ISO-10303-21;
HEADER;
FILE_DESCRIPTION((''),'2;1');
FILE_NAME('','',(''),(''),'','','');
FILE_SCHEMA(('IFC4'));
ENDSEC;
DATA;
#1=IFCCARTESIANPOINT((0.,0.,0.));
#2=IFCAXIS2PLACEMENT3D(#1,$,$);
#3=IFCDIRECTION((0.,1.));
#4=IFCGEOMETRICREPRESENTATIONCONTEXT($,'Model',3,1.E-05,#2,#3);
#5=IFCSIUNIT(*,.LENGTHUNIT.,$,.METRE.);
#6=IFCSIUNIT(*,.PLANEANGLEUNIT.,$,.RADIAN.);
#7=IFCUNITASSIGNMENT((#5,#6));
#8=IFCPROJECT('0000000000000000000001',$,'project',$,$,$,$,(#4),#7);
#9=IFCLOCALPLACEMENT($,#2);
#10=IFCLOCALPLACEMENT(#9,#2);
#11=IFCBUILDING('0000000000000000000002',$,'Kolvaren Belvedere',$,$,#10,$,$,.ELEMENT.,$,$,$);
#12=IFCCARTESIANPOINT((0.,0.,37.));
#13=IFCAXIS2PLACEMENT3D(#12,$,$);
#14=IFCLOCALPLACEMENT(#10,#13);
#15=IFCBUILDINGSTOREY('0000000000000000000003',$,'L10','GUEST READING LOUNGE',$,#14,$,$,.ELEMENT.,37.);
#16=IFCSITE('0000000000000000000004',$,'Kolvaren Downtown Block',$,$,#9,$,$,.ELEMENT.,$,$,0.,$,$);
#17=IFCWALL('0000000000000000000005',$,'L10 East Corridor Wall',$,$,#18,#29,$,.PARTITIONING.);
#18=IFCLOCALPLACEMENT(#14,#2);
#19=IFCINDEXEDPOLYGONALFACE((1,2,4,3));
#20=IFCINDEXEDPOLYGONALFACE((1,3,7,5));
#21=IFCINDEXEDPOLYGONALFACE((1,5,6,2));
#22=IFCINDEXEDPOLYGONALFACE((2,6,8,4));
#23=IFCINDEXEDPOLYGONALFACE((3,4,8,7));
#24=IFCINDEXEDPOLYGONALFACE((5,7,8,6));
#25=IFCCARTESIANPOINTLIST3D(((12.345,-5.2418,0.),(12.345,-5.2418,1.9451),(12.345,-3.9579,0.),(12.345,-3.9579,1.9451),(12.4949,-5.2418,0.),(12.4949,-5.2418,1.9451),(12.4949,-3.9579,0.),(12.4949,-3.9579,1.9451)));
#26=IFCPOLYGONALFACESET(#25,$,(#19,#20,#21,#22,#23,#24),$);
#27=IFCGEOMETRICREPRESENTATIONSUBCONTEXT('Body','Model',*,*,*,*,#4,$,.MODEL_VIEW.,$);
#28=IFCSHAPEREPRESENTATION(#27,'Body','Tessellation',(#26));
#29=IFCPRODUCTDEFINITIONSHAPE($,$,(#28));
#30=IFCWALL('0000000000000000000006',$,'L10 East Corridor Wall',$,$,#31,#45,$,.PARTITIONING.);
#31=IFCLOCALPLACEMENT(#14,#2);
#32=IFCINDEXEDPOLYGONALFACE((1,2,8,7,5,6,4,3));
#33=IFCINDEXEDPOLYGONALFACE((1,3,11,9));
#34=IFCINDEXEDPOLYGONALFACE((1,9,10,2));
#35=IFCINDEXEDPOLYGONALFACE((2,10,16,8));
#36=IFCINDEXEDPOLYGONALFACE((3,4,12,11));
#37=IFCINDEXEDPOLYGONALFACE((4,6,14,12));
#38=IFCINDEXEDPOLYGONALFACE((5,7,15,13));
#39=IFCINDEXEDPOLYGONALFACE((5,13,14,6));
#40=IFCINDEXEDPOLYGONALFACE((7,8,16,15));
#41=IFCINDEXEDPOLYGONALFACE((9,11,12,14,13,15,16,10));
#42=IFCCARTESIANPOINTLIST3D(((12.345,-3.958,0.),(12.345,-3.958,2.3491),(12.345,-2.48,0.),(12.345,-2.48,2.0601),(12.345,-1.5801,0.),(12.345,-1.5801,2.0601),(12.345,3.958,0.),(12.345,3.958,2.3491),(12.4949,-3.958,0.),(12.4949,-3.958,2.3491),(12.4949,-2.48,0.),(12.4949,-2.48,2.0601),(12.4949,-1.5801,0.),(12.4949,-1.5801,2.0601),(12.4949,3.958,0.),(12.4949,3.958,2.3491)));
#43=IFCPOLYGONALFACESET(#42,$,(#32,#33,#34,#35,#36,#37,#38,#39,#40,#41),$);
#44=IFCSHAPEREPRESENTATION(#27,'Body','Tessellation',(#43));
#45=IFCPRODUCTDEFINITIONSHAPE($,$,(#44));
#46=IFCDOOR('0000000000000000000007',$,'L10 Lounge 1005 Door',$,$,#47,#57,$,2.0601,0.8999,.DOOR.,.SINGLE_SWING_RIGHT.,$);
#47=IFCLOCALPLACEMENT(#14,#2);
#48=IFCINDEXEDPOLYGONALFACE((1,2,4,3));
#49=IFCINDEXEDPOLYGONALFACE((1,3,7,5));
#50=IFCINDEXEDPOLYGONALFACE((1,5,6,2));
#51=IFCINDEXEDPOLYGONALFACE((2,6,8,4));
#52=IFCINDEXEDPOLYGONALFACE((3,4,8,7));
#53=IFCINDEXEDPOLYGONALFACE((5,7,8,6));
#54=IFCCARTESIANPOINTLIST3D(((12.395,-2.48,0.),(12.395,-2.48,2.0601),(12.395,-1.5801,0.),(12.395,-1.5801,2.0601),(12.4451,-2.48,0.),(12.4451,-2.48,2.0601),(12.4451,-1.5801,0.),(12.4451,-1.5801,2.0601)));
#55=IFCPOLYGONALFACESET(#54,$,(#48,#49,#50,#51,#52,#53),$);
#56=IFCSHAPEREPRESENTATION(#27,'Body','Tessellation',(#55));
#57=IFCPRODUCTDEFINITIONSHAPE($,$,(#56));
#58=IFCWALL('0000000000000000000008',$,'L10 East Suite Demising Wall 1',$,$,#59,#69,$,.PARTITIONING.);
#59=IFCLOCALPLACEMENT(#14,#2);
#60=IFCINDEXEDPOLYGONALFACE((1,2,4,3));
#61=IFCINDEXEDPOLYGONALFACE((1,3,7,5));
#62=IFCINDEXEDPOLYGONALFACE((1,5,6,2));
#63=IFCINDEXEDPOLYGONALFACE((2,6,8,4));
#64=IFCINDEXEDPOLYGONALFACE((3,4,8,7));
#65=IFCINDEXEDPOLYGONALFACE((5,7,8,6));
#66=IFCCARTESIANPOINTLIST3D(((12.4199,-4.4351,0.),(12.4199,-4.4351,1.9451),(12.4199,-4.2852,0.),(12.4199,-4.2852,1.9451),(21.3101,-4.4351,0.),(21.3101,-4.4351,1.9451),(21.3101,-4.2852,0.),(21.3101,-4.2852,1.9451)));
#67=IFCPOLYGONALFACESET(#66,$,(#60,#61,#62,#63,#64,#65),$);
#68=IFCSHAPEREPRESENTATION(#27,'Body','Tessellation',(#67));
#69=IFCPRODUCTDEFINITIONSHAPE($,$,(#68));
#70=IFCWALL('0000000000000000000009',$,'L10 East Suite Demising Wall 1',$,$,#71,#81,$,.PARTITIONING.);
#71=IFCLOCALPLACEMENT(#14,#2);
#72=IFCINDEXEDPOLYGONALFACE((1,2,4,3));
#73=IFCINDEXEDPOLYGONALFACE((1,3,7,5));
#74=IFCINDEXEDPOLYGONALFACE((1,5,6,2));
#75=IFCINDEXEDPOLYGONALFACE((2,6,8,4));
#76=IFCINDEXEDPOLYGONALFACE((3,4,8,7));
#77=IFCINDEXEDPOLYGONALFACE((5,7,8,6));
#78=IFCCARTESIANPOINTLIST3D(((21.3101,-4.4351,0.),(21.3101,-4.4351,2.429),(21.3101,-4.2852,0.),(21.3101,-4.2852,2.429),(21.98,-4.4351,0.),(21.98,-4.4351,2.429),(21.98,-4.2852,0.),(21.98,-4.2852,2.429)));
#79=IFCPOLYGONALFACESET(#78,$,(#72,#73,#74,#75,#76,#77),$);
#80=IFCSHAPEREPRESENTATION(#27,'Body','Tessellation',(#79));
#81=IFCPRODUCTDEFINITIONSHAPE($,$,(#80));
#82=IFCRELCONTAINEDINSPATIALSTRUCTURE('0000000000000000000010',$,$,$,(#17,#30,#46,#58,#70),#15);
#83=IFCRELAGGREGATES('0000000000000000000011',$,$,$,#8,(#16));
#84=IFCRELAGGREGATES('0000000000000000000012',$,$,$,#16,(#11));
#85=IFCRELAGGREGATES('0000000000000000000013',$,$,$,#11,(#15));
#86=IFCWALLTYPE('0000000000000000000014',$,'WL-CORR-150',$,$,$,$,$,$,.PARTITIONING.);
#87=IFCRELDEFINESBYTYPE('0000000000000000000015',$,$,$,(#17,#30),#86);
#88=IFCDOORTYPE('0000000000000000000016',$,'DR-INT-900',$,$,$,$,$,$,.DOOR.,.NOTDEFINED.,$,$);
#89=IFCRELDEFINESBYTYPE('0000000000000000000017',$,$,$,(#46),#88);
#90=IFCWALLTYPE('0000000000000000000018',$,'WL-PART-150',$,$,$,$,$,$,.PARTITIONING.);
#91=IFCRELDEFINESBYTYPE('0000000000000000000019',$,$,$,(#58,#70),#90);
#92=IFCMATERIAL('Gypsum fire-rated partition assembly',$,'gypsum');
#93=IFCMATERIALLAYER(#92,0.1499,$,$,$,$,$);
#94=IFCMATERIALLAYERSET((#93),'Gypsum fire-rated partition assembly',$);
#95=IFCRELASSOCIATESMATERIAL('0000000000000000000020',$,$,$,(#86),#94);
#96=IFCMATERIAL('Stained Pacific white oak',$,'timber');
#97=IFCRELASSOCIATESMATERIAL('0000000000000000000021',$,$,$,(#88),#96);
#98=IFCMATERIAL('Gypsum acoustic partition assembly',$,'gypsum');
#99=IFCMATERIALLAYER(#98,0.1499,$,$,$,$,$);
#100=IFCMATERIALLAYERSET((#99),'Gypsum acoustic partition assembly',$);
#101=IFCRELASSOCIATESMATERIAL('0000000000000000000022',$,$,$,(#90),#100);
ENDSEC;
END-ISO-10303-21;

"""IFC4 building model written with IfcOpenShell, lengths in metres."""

from ifc_helpers import new_model, si_unit, direction, frame, frame_2d, origin, place, context, subcontext, project, spatial, rectangle, extrude, material, layer, layer_set, type_object, element, fill, save


model = new_model("IFC4")

# Units and contexts
model_context = context("Model", 3, precision=1e-05, world=origin(), true_north=direction((0.0, 1.0)))
body_context = subcontext(model_context, "Body", "Model", "MODEL_VIEW")
ifc_project = project(units=[si_unit("LENGTHUNIT", "METRE"), si_unit("PLANEANGLEUNIT", "RADIAN")], contexts=[model_context])

# Site, building, storey
site_placement = place(None, origin())
site = spatial("IfcSite", under=ifc_project, at=site_placement, Name="Kolvaren Downtown Block", CompositionType="ELEMENT", RefElevation=0.0)
building_placement = place(site_placement, origin())
building = spatial("IfcBuilding", under=site, at=building_placement, Name="Kolvaren Belvedere", CompositionType="ELEMENT")
storey_placement = place(building_placement, frame((0.0, 0.0, 37.0)))
storey = spatial("IfcBuildingStorey", under=building, at=storey_placement, Name="L10", Description="GUEST READING LOUNGE", CompositionType="ELEMENT", Elevation=37.0)

# Shared definitions
ifc_material_1 = material(Name="Gypsum fire-rated partition assembly", Category="gypsum")
ifc_layer_1 = layer(ifc_material_1, 0.1499)
ifc_layer_set_1 = layer_set([ifc_layer_1], Name="Gypsum fire-rated partition assembly")
wall_type_1 = type_object("IfcWallType", Name="WL-CORR-150", PredefinedType="PARTITIONING", material=ifc_layer_set_1)

# Shared definitions
ifc_material_2 = material(Name="Stained Pacific white oak", Category="timber")
door_type_1 = type_object("IfcDoorType", Name="DR-INT-900", OperationType="NOTDEFINED", PredefinedType="DOOR", material=ifc_material_2)

# Wall
wall_1_placement = place(storey_placement, frame((12.4199, -5.2419, 0.0), z_axis=(0.0, 0.0, 1.0), x_axis=(0.0, 1.0, 0.0)))
element("IfcWall", 1, at=wall_1_placement, inside=storey, type_object=wall_type_1, Name="L10 East Corridor Wall", PredefinedType="PARTITIONING", context=body_context, shape_type="SweptSolid", body=[
    extrude(rectangle(XDim=1.2839, YDim=0.1499, at=frame_2d((0.6421, 0.0))), origin(), (0.0, 0.0, 1.0), 1.9451),
])

# Wall, opening, door
wall_2_placement = place(storey_placement, frame((12.4199, -3.958, 0.0), z_axis=(0.0, 0.0, 1.0), x_axis=(0.0, 1.0, 0.0)))
wall_2 = element("IfcWall", 2, at=wall_2_placement, inside=storey, type_object=wall_type_1, Name="L10 East Corridor Wall", PredefinedType="PARTITIONING", context=body_context, shape_type="SweptSolid", body=[
    extrude(rectangle(XDim=7.916, YDim=0.1499, at=frame_2d((3.958, 0.0))), origin(), (0.0, 0.0, 1.0), 2.3491),
])
opening_1_placement = place(wall_2_placement, frame((1.478, 0.0, 0.0)))
opening_1 = element("IfcOpeningElement", 3, at=opening_1_placement, cuts=wall_2, PredefinedType="OPENING", context=body_context, shape_type="SweptSolid", body=[
    extrude(rectangle(XDim=0.8999, YDim=2.0601, at=frame_2d((0.45, 1.03))), frame((0.0, 0.085, 0.0), z_axis=(0.0, -1.0, 0.0), x_axis=(1.0, 0.0, 0.0)), (0.0, 0.0, 1.0), 0.1699),
])
door_1_placement = place(opening_1_placement, origin())
door_1 = element("IfcDoor", 4, at=door_1_placement, inside=storey, type_object=door_type_1, Name="L10 Lounge 1005 Door", OperationType="SINGLE_SWING_RIGHT", OverallHeight=2.0601, OverallWidth=0.8999, PredefinedType="DOOR", context=body_context, shape_type="SweptSolid", body=[
    extrude(rectangle(XDim=0.8999, YDim=2.0601, at=frame_2d((0.45, 1.03))), frame((0.0, 0.0249, 0.0), z_axis=(0.0, -1.0, 0.0), x_axis=(1.0, 0.0, 0.0)), (0.0, 0.0, 1.0), 0.05),
])
fill(opening_1, door_1)

# Walls
ifc_material_3 = material(Name="Gypsum acoustic partition assembly", Category="gypsum")
ifc_layer_2 = layer(ifc_material_3, 0.1499)
ifc_layer_set_2 = layer_set([ifc_layer_2], Name="Gypsum acoustic partition assembly")
wall_type_2 = type_object("IfcWallType", Name="WL-PART-150", PredefinedType="PARTITIONING", material=ifc_layer_set_2)
wall_3_placement = place(storey_placement, frame((12.4199, -4.3601, 0.0), z_axis=(0.0, 0.0, 1.0), x_axis=(1.0, 0.0, 0.0)))
element("IfcWall", 5, at=wall_3_placement, inside=storey, type_object=wall_type_2, Name="L10 East Suite Demising Wall 1", PredefinedType="PARTITIONING", context=body_context, shape_type="SweptSolid", body=[
    extrude(rectangle(XDim=8.8901, YDim=0.1499, at=frame_2d((4.4451, 0.0))), origin(), (0.0, 0.0, 1.0), 1.9451),
])
wall_4_placement = place(storey_placement, frame((21.3101, -4.3601, 0.0), z_axis=(0.0, 0.0, 1.0), x_axis=(1.0, 0.0, 0.0)))
element("IfcWall", 6, at=wall_4_placement, inside=storey, type_object=wall_type_2, Name="L10 East Suite Demising Wall 1", PredefinedType="PARTITIONING", context=body_context, shape_type="SweptSolid", body=[
    extrude(rectangle(XDim=0.6699, YDim=0.1499, at=frame_2d((0.335, 0.0))), origin(), (0.0, 0.0, 1.0), 2.429),
])

save(model, "model.ifc")
